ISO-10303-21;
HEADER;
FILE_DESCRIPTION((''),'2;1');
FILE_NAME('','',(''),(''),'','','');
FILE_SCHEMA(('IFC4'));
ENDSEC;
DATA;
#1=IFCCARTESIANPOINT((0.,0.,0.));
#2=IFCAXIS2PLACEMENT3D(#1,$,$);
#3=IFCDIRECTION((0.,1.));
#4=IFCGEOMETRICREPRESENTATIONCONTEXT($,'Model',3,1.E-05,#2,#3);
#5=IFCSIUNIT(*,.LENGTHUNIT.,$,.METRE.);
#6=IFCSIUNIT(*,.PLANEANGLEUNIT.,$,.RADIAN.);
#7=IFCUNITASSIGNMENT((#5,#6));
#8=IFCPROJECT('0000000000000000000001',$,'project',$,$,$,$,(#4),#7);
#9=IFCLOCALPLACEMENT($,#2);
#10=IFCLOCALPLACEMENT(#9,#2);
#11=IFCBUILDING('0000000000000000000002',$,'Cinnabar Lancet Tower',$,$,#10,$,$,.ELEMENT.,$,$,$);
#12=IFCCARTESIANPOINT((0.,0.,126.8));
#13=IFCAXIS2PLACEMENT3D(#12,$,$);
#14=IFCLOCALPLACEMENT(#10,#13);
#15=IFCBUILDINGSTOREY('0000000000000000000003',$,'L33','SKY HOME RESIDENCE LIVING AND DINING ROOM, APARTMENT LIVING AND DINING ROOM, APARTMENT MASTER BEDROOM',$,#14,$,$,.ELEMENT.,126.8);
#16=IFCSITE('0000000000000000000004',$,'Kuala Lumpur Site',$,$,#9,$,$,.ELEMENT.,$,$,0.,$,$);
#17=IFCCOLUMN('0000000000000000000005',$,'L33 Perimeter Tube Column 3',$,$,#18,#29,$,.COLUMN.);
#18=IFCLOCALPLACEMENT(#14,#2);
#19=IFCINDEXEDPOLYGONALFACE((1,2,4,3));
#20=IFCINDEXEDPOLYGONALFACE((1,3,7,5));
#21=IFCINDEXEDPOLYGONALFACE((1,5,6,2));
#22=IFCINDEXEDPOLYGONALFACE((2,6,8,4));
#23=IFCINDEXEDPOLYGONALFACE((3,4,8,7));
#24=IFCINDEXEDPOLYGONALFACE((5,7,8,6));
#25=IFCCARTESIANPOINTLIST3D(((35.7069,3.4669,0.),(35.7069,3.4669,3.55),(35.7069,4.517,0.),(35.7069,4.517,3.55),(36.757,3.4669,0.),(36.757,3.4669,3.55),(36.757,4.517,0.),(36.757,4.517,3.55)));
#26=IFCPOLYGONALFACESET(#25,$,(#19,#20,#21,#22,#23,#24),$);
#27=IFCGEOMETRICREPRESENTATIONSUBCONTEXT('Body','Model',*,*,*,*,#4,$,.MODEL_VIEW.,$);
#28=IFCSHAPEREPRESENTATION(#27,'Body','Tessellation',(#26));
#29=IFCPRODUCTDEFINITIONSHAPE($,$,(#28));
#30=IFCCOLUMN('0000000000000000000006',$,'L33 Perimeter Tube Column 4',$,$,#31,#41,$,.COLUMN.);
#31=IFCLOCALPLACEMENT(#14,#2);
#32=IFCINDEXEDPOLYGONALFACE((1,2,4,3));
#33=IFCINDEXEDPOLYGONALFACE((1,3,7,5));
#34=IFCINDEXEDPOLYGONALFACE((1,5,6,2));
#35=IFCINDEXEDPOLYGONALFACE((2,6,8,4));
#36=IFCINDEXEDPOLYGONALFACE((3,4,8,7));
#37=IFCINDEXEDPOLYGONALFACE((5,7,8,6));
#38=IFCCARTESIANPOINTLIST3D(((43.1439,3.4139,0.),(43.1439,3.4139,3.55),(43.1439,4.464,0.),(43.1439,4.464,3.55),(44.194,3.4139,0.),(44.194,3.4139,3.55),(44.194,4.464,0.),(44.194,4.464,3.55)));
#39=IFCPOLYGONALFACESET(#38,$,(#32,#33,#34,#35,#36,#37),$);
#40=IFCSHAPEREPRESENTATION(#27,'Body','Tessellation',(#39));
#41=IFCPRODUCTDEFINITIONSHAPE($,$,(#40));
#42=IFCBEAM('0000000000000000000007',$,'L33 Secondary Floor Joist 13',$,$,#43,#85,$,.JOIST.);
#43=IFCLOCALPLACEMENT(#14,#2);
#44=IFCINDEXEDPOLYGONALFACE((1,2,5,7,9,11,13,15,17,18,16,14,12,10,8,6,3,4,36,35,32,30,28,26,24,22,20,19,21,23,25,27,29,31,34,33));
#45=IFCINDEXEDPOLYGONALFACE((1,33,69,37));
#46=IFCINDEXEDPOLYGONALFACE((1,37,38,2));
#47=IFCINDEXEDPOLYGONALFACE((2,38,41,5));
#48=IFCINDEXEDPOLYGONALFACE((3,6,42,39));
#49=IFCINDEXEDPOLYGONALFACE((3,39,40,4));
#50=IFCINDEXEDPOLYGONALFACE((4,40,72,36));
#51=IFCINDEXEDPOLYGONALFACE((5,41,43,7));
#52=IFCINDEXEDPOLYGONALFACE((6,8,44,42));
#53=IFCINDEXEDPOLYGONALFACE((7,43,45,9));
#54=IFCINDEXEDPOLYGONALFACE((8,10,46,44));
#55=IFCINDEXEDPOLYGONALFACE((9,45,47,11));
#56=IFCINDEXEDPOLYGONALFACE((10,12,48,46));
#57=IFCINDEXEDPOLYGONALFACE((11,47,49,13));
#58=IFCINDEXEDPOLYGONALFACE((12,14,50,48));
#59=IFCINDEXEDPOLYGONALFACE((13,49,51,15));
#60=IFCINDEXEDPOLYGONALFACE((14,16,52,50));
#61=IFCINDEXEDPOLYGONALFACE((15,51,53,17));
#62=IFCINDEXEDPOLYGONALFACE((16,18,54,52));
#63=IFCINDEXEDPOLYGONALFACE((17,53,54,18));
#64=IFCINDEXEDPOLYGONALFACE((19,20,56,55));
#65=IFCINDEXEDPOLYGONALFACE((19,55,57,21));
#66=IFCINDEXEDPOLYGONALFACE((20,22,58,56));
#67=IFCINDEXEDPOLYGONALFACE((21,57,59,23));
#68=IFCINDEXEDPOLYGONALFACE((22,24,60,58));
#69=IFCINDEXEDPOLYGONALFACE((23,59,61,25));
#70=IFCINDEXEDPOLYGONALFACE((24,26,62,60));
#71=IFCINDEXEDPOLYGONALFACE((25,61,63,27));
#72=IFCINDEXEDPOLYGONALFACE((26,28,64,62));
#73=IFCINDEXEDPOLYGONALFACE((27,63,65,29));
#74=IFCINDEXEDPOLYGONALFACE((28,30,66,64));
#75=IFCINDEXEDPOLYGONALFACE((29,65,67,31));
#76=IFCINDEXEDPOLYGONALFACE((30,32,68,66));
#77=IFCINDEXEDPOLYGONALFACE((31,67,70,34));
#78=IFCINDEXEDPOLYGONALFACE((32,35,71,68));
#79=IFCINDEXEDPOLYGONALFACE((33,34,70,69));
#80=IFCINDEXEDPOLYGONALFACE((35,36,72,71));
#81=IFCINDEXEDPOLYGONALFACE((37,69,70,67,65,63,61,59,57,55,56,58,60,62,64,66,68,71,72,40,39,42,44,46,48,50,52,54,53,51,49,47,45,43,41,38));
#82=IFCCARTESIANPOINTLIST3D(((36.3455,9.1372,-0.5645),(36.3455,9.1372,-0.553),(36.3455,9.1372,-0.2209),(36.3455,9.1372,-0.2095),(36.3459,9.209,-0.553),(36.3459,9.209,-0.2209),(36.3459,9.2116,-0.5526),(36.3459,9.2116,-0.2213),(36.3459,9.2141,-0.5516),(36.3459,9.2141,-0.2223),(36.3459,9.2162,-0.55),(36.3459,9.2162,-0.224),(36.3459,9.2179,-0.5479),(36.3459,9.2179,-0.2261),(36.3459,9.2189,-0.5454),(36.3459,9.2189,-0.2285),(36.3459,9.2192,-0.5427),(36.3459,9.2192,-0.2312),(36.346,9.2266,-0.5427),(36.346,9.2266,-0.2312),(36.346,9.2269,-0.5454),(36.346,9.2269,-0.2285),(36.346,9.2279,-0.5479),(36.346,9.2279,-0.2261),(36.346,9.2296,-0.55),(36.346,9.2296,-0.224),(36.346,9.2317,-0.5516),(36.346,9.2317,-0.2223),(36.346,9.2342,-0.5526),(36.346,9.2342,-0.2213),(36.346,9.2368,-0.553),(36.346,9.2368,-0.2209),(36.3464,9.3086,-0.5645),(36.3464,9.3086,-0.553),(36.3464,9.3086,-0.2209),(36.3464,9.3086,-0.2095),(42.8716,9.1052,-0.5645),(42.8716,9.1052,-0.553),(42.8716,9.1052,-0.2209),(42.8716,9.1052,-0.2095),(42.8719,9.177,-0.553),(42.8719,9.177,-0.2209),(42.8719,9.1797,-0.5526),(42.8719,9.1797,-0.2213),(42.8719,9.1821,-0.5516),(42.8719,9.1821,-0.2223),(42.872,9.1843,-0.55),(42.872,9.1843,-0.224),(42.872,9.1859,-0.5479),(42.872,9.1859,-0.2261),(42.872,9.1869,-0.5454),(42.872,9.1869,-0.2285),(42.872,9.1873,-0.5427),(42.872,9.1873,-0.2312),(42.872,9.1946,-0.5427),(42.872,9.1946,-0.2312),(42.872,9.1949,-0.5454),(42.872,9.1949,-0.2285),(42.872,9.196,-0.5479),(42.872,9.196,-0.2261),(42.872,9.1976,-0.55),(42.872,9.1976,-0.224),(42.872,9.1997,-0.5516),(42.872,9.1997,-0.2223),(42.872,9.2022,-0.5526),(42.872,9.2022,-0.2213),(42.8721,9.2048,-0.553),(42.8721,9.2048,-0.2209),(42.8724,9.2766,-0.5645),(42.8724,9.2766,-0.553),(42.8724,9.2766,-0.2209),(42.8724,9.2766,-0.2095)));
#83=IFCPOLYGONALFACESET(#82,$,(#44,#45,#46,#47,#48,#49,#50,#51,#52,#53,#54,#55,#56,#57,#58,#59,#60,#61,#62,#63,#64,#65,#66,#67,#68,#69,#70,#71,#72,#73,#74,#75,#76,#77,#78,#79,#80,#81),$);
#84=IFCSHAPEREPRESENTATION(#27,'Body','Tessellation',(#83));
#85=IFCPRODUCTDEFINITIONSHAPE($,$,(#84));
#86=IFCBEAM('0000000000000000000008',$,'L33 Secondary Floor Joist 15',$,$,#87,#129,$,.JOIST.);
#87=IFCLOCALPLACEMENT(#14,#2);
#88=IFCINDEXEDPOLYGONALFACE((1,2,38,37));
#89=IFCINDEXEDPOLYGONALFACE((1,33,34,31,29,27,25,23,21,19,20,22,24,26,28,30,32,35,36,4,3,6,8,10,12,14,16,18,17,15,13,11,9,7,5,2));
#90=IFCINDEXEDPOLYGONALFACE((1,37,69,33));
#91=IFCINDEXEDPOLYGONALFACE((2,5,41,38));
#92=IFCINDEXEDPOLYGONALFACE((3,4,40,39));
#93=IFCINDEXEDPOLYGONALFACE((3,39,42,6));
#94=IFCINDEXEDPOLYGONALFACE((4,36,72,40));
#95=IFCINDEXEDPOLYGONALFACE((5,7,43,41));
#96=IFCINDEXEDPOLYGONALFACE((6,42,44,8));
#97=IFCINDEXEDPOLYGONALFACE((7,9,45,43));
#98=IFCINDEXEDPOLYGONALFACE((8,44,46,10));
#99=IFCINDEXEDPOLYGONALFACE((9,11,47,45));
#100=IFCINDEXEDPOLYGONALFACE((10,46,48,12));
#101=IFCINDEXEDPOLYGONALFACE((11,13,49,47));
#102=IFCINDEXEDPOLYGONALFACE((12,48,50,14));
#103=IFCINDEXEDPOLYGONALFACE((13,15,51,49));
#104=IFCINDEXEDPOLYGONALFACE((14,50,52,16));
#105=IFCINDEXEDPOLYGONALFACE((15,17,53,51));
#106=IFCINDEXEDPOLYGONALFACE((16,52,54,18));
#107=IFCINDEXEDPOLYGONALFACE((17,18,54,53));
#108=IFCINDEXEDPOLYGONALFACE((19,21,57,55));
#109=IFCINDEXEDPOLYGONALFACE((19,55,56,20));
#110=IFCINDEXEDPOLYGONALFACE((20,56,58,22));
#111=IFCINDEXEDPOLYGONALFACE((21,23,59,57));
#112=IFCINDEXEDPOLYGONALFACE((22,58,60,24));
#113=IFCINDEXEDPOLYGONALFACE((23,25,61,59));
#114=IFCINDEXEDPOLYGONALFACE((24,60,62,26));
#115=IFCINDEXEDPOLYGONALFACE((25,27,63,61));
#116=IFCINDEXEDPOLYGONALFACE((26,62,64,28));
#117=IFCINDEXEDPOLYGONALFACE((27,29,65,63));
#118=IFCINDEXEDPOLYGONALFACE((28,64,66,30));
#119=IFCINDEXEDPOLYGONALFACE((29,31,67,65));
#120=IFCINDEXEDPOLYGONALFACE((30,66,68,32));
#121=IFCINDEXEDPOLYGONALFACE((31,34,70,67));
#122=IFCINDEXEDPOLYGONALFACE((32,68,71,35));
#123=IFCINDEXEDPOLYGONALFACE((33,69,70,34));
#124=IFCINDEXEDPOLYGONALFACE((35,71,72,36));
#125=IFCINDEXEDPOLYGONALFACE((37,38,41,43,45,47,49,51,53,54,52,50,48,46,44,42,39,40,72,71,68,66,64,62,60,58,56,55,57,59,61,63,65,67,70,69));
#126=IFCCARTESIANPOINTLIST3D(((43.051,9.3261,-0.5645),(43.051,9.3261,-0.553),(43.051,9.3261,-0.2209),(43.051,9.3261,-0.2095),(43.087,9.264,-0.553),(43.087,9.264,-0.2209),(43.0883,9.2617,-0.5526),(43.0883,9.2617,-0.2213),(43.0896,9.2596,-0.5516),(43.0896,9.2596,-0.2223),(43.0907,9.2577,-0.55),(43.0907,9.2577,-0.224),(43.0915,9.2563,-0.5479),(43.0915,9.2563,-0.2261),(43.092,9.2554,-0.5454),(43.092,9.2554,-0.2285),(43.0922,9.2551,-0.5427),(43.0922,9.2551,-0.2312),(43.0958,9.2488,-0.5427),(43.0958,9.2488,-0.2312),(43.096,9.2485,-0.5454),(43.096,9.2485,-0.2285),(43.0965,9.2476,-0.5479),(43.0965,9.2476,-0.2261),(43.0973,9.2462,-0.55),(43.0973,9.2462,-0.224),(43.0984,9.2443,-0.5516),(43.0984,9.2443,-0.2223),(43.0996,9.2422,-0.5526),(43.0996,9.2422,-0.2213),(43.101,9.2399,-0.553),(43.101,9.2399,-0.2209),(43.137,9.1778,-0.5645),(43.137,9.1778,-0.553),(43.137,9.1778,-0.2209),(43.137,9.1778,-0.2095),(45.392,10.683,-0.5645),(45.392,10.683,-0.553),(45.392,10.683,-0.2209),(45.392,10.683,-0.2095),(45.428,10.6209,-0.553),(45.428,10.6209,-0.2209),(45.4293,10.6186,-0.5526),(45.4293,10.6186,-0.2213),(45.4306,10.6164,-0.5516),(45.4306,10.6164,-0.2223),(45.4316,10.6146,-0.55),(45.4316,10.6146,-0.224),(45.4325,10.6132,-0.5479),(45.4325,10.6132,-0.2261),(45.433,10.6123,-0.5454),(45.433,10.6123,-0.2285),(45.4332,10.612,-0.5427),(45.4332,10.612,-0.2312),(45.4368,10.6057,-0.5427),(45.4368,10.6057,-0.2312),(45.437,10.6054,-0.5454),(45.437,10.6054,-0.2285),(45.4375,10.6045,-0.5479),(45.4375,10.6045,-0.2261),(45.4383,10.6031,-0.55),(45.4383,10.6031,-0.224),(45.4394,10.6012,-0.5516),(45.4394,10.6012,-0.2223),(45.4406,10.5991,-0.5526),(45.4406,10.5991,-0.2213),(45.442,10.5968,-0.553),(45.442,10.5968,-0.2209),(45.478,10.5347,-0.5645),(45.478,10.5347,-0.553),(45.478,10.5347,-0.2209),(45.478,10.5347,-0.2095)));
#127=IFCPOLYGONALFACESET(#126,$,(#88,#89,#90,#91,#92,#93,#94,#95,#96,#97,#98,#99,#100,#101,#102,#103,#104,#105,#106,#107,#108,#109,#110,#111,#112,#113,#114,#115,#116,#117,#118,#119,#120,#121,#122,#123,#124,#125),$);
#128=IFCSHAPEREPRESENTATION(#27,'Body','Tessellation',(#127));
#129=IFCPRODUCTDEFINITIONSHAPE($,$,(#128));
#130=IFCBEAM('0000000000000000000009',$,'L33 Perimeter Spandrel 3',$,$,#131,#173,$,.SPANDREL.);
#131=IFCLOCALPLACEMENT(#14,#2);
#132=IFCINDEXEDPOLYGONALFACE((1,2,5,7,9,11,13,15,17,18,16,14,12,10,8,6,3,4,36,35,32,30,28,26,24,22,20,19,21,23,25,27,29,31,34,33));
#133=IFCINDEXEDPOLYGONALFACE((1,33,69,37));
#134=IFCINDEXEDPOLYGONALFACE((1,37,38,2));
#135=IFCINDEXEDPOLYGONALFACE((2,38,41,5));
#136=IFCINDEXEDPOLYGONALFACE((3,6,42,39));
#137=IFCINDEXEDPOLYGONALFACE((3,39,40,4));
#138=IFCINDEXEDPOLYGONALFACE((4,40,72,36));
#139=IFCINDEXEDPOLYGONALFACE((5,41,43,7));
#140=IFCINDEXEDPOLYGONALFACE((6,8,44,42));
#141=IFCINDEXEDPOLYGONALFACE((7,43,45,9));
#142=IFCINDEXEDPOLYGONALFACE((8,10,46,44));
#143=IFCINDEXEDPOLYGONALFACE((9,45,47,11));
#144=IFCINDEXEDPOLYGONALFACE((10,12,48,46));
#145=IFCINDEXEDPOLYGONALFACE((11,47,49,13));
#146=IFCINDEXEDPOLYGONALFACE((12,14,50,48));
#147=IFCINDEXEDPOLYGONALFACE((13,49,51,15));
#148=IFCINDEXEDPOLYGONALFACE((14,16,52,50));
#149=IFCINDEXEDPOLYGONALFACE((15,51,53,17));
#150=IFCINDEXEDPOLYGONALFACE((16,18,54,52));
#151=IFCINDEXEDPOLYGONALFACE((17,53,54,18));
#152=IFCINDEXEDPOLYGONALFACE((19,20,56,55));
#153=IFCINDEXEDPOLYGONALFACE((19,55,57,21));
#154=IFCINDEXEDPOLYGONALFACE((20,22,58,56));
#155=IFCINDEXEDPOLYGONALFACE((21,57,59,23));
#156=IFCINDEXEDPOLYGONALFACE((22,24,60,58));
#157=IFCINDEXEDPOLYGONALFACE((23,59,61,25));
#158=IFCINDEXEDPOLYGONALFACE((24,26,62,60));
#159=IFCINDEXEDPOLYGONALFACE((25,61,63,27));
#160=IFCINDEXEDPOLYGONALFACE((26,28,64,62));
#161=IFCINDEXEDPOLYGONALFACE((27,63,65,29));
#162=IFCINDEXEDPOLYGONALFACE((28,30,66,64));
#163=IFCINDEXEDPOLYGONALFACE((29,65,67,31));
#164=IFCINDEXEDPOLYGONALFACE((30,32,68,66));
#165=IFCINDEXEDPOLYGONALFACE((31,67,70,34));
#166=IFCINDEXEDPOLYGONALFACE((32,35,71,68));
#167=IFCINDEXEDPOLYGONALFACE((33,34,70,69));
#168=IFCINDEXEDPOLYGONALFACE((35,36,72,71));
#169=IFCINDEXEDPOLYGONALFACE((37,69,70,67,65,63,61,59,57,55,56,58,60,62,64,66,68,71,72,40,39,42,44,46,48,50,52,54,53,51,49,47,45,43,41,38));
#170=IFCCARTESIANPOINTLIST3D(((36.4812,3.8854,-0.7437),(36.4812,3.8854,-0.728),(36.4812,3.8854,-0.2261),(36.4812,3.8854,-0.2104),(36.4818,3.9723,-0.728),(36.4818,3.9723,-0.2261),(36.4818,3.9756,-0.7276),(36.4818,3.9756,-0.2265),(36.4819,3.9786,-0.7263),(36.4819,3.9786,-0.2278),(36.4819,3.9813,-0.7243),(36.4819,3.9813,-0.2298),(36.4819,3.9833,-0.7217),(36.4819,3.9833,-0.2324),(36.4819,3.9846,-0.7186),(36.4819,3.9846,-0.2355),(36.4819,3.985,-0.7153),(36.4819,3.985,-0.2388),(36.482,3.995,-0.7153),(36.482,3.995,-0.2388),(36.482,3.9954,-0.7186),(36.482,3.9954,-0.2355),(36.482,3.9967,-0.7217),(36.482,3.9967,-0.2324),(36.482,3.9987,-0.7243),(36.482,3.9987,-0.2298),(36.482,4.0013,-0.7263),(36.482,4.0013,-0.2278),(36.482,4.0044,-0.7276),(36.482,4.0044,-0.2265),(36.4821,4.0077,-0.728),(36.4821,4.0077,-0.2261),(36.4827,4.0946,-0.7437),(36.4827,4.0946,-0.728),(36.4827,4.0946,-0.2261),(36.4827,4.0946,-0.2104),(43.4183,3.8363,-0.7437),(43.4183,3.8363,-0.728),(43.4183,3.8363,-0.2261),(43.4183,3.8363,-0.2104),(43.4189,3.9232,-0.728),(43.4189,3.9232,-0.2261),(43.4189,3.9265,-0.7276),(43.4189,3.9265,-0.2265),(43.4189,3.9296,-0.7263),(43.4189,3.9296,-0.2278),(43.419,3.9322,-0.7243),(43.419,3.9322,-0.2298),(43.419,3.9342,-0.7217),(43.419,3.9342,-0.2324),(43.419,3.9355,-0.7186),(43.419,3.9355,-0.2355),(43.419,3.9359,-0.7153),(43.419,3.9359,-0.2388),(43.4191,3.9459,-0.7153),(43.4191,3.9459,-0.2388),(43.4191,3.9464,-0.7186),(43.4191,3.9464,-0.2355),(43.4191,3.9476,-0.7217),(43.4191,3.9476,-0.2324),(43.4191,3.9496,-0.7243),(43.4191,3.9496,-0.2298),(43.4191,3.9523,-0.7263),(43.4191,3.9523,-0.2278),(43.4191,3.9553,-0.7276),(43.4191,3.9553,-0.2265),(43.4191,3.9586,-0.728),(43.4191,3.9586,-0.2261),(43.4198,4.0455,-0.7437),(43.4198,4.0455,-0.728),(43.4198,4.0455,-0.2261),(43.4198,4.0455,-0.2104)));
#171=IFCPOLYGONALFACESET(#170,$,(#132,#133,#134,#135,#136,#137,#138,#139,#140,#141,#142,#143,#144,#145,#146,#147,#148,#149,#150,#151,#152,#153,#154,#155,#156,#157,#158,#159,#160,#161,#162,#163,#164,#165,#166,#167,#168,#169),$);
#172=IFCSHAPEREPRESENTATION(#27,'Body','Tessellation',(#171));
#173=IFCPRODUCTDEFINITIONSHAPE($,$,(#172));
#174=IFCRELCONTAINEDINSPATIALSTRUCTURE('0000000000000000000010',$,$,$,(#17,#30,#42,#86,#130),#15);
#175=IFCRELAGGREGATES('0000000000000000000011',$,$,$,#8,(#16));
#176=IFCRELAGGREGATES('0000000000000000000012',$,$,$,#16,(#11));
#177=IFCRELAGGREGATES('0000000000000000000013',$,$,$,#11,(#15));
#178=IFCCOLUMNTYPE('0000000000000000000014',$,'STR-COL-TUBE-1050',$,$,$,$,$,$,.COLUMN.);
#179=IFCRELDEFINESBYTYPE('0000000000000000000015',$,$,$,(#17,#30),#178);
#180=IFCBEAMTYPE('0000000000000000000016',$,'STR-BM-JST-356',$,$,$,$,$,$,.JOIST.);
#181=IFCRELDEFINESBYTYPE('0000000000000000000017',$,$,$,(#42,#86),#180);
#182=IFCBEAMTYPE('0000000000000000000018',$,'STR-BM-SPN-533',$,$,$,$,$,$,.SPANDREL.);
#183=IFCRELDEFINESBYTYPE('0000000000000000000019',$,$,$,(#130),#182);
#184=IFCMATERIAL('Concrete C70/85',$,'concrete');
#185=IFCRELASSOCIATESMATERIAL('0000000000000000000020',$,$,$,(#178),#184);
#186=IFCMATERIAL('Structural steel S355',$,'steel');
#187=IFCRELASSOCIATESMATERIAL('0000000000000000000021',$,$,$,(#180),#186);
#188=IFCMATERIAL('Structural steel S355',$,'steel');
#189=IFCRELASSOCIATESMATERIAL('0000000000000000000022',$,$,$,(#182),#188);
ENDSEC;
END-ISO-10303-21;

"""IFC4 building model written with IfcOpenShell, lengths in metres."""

from ifc_helpers import new_model, si_unit, direction, frame, origin, origin_2d, place, context, subcontext, project, spatial, rectangle, i_section, extrude, material, material_profile, profile_set, type_object, element, save


model = new_model("IFC4")

# Units and contexts
model_context = context("Model", 3, precision=1e-05, world=origin(), true_north=direction((0.0, 1.0)))
body_context = subcontext(model_context, "Body", "Model", "MODEL_VIEW")
ifc_project = project(units=[si_unit("LENGTHUNIT", "METRE"), si_unit("PLANEANGLEUNIT", "RADIAN")], contexts=[model_context])

# Site, building, storey
site_placement = place(None, origin())
site = spatial("IfcSite", under=ifc_project, at=site_placement, Name="Kuala Lumpur Site", CompositionType="ELEMENT", RefElevation=0.0)
building_placement = place(site_placement, origin())
building = spatial("IfcBuilding", under=site, at=building_placement, Name="Cinnabar Lancet Tower", CompositionType="ELEMENT")
storey_placement = place(building_placement, frame((0.0, 0.0, 126.8)))
storey = spatial("IfcBuildingStorey", under=building, at=storey_placement, Name="L33", Description="SKY HOME RESIDENCE LIVING AND DINING ROOM, APARTMENT LIVING AND DINING ROOM, APARTMENT MASTER BEDROOM", CompositionType="ELEMENT", Elevation=126.8)

# Columns
ifc_material_1 = material(Name="Concrete C70/85", Category="concrete")
ifc_material_profile_1 = material_profile(ifc_material_1, rectangle(XDim=1.05, YDim=1.05, at=origin_2d()), Name="RC-COL 1050x1050")
ifc_profile_set_1 = profile_set([ifc_material_profile_1], Name="Concrete C70/85")
column_type = type_object("IfcColumnType", Name="STR-COL-TUBE-1050", PredefinedType="COLUMN", material=ifc_profile_set_1)
for number, where, z_axis, x_axis, name in (
    (1, (36.2319, 3.9919, 0.0), (0.0, 0.0, 1.0), (1.0, 0.0, 0.0), "L33 Perimeter Tube Column 3"),
    (2, (43.6689, 3.939, 0.0), (0.0, 0.0, 1.0), (1.0, 0.0, 0.0), "L33 Perimeter Tube Column 4"),
):
    element("IfcColumn", number, at=place(storey_placement, frame(where, z_axis=z_axis, x_axis=x_axis)), inside=storey, type_object=column_type, Name=name, PredefinedType="COLUMN", context=body_context, shape_type="SweptSolid", body=[
        extrude(rectangle(XDim=1.05, YDim=1.05, at=origin_2d()), origin(), (0.0, 0.0, 1.0), 3.55),
    ])

# Beams
ifc_material_2 = material(Name="Structural steel S355", Category="steel")
ifc_material_profile_2 = material_profile(ifc_material_2, i_section(OverallWidth=0.1714, OverallDepth=0.355, WebThickness=0.0073, FlangeThickness=0.0115, FilletRadius=0.0103, at=origin_2d()), Name="UKB 356x171x51")
ifc_profile_set_2 = profile_set([ifc_material_profile_2], Name="Structural steel S355")
beam_type_1 = type_object("IfcBeamType", Name="STR-BM-JST-356", PredefinedType="JOIST", material=ifc_profile_set_2)
beam_1_placement = place(storey_placement, frame((36.3459, 9.2229, -0.387), z_axis=(0.999988, -0.004901, 0.0), x_axis=(0.004901, 0.999988, 0.0)))
element("IfcBeam", 3, at=beam_1_placement, inside=storey, type_object=beam_type_1, Name="L33 Secondary Floor Joist 13", PredefinedType="JOIST", context=body_context, shape_type="SweptSolid", body=[
    extrude(i_section(OverallWidth=0.1714, OverallDepth=0.355, WebThickness=0.0073, FlangeThickness=0.0115, FilletRadius=0.0103, at=origin_2d()), origin(), (0.0, 0.0, 1.0), 6.5261),
])
beam_2_placement = place(storey_placement, frame((43.094, 9.252, -0.387), z_axis=(0.865173, 0.501474, 0.0), x_axis=(-0.501474, 0.865173, 0.0)))
element("IfcBeam", 4, at=beam_2_placement, inside=storey, type_object=beam_type_1, Name="L33 Secondary Floor Joist 15", PredefinedType="JOIST", context=body_context, shape_type="SweptSolid", body=[
    extrude(i_section(OverallWidth=0.1714, OverallDepth=0.355, WebThickness=0.0073, FlangeThickness=0.0115, FilletRadius=0.0103, at=origin_2d()), origin(), (0.0, 0.0, 1.0), 2.7058),
])
ifc_material_3 = material(Name="Structural steel S355", Category="steel")
ifc_material_profile_3 = material_profile(ifc_material_3, i_section(OverallWidth=0.2092, OverallDepth=0.5332, WebThickness=0.01, FlangeThickness=0.0156, FilletRadius=0.0127, at=origin_2d()), Name="UKB 533x210x92")
ifc_profile_set_3 = profile_set([ifc_material_profile_3], Name="Structural steel S355")
beam_type_2 = type_object("IfcBeamType", Name="STR-BM-SPN-533", PredefinedType="SPANDREL", material=ifc_profile_set_3)
beam_3_placement = place(storey_placement, frame((36.4819, 3.99, -0.4771), z_axis=(0.999975, -0.007074, 0.0), x_axis=(0.007074, 0.999975, 0.0)))
element("IfcBeam", 5, at=beam_3_placement, inside=storey, type_object=beam_type_2, Name="L33 Perimeter Spandrel 3", PredefinedType="SPANDREL", context=body_context, shape_type="SweptSolid", body=[
    extrude(i_section(OverallWidth=0.2092, OverallDepth=0.5332, WebThickness=0.01, FlangeThickness=0.0156, FilletRadius=0.0127, at=origin_2d()), origin(), (0.0, 0.0, 1.0), 6.9373),
])

save(model, "model.ifc")
